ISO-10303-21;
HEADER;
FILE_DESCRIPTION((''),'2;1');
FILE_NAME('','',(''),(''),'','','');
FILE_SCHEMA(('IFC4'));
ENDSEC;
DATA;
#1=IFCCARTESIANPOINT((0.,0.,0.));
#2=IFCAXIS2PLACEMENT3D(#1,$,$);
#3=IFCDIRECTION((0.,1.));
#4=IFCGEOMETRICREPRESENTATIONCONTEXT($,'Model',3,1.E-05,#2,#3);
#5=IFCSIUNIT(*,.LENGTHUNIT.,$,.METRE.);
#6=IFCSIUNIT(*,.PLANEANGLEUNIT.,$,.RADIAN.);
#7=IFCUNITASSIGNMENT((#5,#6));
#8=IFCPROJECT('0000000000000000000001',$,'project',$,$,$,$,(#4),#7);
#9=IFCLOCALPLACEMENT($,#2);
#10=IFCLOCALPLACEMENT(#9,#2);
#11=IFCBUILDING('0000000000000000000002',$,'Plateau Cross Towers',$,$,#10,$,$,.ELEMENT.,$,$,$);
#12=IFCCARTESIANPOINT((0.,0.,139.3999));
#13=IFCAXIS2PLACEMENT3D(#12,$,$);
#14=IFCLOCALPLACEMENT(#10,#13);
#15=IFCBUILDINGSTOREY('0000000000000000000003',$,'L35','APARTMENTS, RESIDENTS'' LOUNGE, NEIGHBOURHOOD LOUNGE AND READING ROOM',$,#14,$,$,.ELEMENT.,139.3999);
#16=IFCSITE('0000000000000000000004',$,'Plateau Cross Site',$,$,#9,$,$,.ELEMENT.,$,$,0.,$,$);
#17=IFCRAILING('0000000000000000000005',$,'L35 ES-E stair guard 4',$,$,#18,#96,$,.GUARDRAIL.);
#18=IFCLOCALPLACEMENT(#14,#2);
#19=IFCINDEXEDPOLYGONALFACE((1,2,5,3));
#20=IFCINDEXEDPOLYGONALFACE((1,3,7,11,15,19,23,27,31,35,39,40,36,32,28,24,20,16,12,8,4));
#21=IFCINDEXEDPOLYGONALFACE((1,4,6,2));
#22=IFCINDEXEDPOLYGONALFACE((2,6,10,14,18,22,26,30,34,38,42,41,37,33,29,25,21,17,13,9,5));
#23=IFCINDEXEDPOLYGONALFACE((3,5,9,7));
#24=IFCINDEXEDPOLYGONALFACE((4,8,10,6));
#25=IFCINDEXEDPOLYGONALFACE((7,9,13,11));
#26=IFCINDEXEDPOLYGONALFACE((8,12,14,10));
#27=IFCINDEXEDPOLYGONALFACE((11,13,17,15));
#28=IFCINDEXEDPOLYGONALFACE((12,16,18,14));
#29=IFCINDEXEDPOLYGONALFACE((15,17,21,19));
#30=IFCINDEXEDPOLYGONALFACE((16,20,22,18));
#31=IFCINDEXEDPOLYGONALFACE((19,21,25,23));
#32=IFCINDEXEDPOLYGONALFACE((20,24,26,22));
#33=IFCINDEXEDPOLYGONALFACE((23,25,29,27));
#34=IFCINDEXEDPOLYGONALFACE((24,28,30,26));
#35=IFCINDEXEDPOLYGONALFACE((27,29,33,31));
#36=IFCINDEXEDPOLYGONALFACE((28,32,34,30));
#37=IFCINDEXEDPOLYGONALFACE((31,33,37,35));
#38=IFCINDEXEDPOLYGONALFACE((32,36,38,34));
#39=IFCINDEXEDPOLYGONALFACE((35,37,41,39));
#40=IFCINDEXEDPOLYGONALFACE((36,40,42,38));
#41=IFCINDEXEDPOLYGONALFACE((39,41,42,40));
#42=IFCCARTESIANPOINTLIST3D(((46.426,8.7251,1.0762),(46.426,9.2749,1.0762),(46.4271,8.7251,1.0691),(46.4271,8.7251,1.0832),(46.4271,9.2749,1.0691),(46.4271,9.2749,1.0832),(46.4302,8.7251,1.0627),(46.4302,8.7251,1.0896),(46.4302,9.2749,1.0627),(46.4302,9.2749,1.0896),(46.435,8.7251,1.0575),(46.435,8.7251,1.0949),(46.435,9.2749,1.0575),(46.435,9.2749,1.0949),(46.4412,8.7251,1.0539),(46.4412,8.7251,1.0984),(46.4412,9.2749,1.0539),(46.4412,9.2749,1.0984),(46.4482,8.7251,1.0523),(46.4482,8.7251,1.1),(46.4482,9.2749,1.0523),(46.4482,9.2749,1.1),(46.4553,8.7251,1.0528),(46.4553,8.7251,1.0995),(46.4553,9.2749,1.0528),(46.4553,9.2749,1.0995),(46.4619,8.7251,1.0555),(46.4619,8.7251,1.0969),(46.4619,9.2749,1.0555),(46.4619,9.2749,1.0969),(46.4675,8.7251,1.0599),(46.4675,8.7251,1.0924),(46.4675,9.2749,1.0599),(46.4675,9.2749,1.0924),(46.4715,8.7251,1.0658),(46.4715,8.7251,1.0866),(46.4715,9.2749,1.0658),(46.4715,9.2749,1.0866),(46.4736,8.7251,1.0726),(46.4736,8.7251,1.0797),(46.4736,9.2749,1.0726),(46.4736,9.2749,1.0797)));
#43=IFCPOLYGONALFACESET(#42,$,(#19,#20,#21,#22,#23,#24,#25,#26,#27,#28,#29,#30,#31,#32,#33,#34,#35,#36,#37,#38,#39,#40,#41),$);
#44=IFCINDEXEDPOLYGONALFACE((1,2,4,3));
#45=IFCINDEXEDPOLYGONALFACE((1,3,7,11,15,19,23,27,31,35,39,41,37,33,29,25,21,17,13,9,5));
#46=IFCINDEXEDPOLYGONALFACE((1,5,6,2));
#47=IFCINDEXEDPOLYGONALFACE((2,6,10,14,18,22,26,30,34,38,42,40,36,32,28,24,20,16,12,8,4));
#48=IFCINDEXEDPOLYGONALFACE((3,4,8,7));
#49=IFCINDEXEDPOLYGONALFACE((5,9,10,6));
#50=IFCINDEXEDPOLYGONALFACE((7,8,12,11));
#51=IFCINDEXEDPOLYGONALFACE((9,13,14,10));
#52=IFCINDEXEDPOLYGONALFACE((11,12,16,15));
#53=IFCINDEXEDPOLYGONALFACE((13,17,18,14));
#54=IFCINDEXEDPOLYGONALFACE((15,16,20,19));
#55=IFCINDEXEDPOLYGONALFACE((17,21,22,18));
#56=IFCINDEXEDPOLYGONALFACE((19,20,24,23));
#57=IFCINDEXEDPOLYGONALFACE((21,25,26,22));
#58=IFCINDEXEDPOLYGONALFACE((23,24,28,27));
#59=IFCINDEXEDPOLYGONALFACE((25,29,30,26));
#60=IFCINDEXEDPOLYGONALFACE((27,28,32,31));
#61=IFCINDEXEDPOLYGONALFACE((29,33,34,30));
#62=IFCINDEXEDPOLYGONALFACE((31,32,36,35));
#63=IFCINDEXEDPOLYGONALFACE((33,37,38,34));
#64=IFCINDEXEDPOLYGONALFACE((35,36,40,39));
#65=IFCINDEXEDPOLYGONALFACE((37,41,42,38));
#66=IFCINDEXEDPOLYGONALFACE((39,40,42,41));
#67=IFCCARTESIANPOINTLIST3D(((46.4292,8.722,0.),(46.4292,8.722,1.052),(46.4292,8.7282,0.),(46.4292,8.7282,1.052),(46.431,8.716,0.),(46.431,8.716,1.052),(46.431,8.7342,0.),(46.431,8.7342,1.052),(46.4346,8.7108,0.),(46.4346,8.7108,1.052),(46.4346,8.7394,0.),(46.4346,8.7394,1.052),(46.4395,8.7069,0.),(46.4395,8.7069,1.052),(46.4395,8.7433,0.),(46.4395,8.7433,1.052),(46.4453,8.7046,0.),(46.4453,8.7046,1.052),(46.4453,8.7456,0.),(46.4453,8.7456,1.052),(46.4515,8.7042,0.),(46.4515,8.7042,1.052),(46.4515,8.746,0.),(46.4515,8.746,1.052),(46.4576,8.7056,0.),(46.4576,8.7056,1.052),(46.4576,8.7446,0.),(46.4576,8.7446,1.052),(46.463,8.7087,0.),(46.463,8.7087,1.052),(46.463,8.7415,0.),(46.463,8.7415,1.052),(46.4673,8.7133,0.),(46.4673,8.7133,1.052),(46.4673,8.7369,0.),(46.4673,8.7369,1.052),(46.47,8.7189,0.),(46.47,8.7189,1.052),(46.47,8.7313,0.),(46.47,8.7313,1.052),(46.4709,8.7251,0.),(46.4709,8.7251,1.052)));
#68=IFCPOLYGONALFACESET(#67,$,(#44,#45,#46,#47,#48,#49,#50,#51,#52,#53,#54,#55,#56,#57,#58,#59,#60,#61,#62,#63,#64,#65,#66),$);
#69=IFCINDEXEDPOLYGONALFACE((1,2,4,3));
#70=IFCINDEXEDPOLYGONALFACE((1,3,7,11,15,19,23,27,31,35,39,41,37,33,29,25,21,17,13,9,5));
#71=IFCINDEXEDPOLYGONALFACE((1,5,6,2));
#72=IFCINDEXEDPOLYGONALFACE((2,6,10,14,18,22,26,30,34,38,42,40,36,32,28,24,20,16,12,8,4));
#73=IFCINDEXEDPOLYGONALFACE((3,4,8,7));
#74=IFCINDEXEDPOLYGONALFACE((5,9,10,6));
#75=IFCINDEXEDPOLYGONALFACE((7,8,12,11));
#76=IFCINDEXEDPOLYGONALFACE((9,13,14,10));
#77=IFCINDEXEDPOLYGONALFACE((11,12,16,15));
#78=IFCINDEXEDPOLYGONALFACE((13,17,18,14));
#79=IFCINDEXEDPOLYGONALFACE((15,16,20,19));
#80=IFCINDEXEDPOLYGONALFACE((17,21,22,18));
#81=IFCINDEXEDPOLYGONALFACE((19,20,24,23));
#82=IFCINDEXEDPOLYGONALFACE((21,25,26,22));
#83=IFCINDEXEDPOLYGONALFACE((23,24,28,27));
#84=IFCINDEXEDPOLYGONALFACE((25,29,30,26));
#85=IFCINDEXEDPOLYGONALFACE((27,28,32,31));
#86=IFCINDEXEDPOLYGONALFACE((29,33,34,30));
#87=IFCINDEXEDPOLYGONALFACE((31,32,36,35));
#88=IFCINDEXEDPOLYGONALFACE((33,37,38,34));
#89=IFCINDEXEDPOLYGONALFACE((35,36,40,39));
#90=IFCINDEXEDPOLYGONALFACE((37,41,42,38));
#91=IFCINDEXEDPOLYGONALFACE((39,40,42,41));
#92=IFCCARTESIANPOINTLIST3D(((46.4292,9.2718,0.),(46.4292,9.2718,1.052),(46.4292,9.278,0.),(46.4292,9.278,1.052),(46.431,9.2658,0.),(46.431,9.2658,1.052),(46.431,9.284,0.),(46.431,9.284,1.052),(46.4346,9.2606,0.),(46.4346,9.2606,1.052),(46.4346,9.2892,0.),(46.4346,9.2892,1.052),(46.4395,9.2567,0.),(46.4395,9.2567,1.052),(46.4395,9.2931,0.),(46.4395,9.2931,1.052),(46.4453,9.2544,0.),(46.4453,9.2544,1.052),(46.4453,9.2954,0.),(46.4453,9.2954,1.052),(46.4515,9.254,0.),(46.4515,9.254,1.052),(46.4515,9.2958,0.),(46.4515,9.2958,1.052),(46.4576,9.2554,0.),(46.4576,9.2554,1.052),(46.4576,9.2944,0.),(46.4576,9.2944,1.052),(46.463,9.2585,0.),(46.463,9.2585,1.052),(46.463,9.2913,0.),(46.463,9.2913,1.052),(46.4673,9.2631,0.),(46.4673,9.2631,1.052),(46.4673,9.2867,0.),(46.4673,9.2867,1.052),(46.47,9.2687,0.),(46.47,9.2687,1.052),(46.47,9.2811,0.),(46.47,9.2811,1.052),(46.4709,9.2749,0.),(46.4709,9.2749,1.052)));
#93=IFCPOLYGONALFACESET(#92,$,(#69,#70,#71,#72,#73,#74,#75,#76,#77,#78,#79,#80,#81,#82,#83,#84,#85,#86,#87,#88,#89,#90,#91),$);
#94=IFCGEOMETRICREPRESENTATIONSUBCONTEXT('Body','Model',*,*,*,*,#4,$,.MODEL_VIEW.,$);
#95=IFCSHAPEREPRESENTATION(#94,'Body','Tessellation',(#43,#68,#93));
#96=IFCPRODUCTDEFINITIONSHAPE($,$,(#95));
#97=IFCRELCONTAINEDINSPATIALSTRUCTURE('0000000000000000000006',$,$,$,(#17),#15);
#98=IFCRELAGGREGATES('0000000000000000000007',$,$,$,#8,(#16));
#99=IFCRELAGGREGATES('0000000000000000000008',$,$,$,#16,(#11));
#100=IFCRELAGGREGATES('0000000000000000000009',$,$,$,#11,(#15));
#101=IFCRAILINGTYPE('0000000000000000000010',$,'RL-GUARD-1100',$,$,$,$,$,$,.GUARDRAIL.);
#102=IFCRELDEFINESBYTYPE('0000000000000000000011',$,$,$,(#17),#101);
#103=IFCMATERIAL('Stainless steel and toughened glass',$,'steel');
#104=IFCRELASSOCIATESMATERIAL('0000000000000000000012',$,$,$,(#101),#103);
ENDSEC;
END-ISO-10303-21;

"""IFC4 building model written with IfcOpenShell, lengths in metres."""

from ifc_helpers import new_model, si_unit, direction, frame, origin, origin_2d, place, context, subcontext, project, spatial, circle, extrude, material, type_object, element, save


model = new_model("IFC4")

# Units and contexts
model_context = context("Model", 3, precision=1e-05, world=origin(), true_north=direction((0.0, 1.0)))
body_context = subcontext(model_context, "Body", "Model", "MODEL_VIEW")
ifc_project = project(units=[si_unit("LENGTHUNIT", "METRE"), si_unit("PLANEANGLEUNIT", "RADIAN")], contexts=[model_context])

# Site, building, storey
site_placement = place(None, origin())
site = spatial("IfcSite", under=ifc_project, at=site_placement, Name="Plateau Cross Site", CompositionType="ELEMENT", RefElevation=0.0)
building_placement = place(site_placement, origin())
building = spatial("IfcBuilding", under=site, at=building_placement, Name="Plateau Cross Towers", CompositionType="ELEMENT")
storey_placement = place(building_placement, frame((0.0, 0.0, 139.3999)))
storey = spatial("IfcBuildingStorey", under=building, at=storey_placement, Name="L35", Description="APARTMENTS, RESIDENTS' LOUNGE, NEIGHBOURHOOD LOUNGE AND READING ROOM", CompositionType="ELEMENT", Elevation=139.3999)

# Railing
ifc_material_1 = material(Name="Stainless steel and toughened glass", Category="steel")
railing_type_1 = type_object("IfcRailingType", Name="RL-GUARD-1100", PredefinedType="GUARDRAIL", material=ifc_material_1)
railing_1_placement = place(storey_placement, frame((46.45, 8.7251, 0.0)))
element("IfcRailing", 1, at=railing_1_placement, inside=storey, type_object=railing_type_1, Name="L35 ES-E stair guard 4", PredefinedType="GUARDRAIL", context=body_context, shape_type="SweptSolid", body=[
    extrude(circle(Radius=0.0239, at=origin_2d()), frame((0.0, 0.0, 1.0762), z_axis=(0.0, 1.0, 0.0), x_axis=(-1.0, 0.0, 0.0)), (0.0, 0.0, 1.0), 0.5498),
    extrude(circle(Radius=0.021, at=origin_2d()), origin(), (0.0, 0.0, 1.0), 1.052),
    extrude(circle(Radius=0.021, at=origin_2d()), frame((0.0, 0.5498, 0.0)), (0.0, 0.0, 1.0), 1.052),
])

save(model, "model.ifc")
